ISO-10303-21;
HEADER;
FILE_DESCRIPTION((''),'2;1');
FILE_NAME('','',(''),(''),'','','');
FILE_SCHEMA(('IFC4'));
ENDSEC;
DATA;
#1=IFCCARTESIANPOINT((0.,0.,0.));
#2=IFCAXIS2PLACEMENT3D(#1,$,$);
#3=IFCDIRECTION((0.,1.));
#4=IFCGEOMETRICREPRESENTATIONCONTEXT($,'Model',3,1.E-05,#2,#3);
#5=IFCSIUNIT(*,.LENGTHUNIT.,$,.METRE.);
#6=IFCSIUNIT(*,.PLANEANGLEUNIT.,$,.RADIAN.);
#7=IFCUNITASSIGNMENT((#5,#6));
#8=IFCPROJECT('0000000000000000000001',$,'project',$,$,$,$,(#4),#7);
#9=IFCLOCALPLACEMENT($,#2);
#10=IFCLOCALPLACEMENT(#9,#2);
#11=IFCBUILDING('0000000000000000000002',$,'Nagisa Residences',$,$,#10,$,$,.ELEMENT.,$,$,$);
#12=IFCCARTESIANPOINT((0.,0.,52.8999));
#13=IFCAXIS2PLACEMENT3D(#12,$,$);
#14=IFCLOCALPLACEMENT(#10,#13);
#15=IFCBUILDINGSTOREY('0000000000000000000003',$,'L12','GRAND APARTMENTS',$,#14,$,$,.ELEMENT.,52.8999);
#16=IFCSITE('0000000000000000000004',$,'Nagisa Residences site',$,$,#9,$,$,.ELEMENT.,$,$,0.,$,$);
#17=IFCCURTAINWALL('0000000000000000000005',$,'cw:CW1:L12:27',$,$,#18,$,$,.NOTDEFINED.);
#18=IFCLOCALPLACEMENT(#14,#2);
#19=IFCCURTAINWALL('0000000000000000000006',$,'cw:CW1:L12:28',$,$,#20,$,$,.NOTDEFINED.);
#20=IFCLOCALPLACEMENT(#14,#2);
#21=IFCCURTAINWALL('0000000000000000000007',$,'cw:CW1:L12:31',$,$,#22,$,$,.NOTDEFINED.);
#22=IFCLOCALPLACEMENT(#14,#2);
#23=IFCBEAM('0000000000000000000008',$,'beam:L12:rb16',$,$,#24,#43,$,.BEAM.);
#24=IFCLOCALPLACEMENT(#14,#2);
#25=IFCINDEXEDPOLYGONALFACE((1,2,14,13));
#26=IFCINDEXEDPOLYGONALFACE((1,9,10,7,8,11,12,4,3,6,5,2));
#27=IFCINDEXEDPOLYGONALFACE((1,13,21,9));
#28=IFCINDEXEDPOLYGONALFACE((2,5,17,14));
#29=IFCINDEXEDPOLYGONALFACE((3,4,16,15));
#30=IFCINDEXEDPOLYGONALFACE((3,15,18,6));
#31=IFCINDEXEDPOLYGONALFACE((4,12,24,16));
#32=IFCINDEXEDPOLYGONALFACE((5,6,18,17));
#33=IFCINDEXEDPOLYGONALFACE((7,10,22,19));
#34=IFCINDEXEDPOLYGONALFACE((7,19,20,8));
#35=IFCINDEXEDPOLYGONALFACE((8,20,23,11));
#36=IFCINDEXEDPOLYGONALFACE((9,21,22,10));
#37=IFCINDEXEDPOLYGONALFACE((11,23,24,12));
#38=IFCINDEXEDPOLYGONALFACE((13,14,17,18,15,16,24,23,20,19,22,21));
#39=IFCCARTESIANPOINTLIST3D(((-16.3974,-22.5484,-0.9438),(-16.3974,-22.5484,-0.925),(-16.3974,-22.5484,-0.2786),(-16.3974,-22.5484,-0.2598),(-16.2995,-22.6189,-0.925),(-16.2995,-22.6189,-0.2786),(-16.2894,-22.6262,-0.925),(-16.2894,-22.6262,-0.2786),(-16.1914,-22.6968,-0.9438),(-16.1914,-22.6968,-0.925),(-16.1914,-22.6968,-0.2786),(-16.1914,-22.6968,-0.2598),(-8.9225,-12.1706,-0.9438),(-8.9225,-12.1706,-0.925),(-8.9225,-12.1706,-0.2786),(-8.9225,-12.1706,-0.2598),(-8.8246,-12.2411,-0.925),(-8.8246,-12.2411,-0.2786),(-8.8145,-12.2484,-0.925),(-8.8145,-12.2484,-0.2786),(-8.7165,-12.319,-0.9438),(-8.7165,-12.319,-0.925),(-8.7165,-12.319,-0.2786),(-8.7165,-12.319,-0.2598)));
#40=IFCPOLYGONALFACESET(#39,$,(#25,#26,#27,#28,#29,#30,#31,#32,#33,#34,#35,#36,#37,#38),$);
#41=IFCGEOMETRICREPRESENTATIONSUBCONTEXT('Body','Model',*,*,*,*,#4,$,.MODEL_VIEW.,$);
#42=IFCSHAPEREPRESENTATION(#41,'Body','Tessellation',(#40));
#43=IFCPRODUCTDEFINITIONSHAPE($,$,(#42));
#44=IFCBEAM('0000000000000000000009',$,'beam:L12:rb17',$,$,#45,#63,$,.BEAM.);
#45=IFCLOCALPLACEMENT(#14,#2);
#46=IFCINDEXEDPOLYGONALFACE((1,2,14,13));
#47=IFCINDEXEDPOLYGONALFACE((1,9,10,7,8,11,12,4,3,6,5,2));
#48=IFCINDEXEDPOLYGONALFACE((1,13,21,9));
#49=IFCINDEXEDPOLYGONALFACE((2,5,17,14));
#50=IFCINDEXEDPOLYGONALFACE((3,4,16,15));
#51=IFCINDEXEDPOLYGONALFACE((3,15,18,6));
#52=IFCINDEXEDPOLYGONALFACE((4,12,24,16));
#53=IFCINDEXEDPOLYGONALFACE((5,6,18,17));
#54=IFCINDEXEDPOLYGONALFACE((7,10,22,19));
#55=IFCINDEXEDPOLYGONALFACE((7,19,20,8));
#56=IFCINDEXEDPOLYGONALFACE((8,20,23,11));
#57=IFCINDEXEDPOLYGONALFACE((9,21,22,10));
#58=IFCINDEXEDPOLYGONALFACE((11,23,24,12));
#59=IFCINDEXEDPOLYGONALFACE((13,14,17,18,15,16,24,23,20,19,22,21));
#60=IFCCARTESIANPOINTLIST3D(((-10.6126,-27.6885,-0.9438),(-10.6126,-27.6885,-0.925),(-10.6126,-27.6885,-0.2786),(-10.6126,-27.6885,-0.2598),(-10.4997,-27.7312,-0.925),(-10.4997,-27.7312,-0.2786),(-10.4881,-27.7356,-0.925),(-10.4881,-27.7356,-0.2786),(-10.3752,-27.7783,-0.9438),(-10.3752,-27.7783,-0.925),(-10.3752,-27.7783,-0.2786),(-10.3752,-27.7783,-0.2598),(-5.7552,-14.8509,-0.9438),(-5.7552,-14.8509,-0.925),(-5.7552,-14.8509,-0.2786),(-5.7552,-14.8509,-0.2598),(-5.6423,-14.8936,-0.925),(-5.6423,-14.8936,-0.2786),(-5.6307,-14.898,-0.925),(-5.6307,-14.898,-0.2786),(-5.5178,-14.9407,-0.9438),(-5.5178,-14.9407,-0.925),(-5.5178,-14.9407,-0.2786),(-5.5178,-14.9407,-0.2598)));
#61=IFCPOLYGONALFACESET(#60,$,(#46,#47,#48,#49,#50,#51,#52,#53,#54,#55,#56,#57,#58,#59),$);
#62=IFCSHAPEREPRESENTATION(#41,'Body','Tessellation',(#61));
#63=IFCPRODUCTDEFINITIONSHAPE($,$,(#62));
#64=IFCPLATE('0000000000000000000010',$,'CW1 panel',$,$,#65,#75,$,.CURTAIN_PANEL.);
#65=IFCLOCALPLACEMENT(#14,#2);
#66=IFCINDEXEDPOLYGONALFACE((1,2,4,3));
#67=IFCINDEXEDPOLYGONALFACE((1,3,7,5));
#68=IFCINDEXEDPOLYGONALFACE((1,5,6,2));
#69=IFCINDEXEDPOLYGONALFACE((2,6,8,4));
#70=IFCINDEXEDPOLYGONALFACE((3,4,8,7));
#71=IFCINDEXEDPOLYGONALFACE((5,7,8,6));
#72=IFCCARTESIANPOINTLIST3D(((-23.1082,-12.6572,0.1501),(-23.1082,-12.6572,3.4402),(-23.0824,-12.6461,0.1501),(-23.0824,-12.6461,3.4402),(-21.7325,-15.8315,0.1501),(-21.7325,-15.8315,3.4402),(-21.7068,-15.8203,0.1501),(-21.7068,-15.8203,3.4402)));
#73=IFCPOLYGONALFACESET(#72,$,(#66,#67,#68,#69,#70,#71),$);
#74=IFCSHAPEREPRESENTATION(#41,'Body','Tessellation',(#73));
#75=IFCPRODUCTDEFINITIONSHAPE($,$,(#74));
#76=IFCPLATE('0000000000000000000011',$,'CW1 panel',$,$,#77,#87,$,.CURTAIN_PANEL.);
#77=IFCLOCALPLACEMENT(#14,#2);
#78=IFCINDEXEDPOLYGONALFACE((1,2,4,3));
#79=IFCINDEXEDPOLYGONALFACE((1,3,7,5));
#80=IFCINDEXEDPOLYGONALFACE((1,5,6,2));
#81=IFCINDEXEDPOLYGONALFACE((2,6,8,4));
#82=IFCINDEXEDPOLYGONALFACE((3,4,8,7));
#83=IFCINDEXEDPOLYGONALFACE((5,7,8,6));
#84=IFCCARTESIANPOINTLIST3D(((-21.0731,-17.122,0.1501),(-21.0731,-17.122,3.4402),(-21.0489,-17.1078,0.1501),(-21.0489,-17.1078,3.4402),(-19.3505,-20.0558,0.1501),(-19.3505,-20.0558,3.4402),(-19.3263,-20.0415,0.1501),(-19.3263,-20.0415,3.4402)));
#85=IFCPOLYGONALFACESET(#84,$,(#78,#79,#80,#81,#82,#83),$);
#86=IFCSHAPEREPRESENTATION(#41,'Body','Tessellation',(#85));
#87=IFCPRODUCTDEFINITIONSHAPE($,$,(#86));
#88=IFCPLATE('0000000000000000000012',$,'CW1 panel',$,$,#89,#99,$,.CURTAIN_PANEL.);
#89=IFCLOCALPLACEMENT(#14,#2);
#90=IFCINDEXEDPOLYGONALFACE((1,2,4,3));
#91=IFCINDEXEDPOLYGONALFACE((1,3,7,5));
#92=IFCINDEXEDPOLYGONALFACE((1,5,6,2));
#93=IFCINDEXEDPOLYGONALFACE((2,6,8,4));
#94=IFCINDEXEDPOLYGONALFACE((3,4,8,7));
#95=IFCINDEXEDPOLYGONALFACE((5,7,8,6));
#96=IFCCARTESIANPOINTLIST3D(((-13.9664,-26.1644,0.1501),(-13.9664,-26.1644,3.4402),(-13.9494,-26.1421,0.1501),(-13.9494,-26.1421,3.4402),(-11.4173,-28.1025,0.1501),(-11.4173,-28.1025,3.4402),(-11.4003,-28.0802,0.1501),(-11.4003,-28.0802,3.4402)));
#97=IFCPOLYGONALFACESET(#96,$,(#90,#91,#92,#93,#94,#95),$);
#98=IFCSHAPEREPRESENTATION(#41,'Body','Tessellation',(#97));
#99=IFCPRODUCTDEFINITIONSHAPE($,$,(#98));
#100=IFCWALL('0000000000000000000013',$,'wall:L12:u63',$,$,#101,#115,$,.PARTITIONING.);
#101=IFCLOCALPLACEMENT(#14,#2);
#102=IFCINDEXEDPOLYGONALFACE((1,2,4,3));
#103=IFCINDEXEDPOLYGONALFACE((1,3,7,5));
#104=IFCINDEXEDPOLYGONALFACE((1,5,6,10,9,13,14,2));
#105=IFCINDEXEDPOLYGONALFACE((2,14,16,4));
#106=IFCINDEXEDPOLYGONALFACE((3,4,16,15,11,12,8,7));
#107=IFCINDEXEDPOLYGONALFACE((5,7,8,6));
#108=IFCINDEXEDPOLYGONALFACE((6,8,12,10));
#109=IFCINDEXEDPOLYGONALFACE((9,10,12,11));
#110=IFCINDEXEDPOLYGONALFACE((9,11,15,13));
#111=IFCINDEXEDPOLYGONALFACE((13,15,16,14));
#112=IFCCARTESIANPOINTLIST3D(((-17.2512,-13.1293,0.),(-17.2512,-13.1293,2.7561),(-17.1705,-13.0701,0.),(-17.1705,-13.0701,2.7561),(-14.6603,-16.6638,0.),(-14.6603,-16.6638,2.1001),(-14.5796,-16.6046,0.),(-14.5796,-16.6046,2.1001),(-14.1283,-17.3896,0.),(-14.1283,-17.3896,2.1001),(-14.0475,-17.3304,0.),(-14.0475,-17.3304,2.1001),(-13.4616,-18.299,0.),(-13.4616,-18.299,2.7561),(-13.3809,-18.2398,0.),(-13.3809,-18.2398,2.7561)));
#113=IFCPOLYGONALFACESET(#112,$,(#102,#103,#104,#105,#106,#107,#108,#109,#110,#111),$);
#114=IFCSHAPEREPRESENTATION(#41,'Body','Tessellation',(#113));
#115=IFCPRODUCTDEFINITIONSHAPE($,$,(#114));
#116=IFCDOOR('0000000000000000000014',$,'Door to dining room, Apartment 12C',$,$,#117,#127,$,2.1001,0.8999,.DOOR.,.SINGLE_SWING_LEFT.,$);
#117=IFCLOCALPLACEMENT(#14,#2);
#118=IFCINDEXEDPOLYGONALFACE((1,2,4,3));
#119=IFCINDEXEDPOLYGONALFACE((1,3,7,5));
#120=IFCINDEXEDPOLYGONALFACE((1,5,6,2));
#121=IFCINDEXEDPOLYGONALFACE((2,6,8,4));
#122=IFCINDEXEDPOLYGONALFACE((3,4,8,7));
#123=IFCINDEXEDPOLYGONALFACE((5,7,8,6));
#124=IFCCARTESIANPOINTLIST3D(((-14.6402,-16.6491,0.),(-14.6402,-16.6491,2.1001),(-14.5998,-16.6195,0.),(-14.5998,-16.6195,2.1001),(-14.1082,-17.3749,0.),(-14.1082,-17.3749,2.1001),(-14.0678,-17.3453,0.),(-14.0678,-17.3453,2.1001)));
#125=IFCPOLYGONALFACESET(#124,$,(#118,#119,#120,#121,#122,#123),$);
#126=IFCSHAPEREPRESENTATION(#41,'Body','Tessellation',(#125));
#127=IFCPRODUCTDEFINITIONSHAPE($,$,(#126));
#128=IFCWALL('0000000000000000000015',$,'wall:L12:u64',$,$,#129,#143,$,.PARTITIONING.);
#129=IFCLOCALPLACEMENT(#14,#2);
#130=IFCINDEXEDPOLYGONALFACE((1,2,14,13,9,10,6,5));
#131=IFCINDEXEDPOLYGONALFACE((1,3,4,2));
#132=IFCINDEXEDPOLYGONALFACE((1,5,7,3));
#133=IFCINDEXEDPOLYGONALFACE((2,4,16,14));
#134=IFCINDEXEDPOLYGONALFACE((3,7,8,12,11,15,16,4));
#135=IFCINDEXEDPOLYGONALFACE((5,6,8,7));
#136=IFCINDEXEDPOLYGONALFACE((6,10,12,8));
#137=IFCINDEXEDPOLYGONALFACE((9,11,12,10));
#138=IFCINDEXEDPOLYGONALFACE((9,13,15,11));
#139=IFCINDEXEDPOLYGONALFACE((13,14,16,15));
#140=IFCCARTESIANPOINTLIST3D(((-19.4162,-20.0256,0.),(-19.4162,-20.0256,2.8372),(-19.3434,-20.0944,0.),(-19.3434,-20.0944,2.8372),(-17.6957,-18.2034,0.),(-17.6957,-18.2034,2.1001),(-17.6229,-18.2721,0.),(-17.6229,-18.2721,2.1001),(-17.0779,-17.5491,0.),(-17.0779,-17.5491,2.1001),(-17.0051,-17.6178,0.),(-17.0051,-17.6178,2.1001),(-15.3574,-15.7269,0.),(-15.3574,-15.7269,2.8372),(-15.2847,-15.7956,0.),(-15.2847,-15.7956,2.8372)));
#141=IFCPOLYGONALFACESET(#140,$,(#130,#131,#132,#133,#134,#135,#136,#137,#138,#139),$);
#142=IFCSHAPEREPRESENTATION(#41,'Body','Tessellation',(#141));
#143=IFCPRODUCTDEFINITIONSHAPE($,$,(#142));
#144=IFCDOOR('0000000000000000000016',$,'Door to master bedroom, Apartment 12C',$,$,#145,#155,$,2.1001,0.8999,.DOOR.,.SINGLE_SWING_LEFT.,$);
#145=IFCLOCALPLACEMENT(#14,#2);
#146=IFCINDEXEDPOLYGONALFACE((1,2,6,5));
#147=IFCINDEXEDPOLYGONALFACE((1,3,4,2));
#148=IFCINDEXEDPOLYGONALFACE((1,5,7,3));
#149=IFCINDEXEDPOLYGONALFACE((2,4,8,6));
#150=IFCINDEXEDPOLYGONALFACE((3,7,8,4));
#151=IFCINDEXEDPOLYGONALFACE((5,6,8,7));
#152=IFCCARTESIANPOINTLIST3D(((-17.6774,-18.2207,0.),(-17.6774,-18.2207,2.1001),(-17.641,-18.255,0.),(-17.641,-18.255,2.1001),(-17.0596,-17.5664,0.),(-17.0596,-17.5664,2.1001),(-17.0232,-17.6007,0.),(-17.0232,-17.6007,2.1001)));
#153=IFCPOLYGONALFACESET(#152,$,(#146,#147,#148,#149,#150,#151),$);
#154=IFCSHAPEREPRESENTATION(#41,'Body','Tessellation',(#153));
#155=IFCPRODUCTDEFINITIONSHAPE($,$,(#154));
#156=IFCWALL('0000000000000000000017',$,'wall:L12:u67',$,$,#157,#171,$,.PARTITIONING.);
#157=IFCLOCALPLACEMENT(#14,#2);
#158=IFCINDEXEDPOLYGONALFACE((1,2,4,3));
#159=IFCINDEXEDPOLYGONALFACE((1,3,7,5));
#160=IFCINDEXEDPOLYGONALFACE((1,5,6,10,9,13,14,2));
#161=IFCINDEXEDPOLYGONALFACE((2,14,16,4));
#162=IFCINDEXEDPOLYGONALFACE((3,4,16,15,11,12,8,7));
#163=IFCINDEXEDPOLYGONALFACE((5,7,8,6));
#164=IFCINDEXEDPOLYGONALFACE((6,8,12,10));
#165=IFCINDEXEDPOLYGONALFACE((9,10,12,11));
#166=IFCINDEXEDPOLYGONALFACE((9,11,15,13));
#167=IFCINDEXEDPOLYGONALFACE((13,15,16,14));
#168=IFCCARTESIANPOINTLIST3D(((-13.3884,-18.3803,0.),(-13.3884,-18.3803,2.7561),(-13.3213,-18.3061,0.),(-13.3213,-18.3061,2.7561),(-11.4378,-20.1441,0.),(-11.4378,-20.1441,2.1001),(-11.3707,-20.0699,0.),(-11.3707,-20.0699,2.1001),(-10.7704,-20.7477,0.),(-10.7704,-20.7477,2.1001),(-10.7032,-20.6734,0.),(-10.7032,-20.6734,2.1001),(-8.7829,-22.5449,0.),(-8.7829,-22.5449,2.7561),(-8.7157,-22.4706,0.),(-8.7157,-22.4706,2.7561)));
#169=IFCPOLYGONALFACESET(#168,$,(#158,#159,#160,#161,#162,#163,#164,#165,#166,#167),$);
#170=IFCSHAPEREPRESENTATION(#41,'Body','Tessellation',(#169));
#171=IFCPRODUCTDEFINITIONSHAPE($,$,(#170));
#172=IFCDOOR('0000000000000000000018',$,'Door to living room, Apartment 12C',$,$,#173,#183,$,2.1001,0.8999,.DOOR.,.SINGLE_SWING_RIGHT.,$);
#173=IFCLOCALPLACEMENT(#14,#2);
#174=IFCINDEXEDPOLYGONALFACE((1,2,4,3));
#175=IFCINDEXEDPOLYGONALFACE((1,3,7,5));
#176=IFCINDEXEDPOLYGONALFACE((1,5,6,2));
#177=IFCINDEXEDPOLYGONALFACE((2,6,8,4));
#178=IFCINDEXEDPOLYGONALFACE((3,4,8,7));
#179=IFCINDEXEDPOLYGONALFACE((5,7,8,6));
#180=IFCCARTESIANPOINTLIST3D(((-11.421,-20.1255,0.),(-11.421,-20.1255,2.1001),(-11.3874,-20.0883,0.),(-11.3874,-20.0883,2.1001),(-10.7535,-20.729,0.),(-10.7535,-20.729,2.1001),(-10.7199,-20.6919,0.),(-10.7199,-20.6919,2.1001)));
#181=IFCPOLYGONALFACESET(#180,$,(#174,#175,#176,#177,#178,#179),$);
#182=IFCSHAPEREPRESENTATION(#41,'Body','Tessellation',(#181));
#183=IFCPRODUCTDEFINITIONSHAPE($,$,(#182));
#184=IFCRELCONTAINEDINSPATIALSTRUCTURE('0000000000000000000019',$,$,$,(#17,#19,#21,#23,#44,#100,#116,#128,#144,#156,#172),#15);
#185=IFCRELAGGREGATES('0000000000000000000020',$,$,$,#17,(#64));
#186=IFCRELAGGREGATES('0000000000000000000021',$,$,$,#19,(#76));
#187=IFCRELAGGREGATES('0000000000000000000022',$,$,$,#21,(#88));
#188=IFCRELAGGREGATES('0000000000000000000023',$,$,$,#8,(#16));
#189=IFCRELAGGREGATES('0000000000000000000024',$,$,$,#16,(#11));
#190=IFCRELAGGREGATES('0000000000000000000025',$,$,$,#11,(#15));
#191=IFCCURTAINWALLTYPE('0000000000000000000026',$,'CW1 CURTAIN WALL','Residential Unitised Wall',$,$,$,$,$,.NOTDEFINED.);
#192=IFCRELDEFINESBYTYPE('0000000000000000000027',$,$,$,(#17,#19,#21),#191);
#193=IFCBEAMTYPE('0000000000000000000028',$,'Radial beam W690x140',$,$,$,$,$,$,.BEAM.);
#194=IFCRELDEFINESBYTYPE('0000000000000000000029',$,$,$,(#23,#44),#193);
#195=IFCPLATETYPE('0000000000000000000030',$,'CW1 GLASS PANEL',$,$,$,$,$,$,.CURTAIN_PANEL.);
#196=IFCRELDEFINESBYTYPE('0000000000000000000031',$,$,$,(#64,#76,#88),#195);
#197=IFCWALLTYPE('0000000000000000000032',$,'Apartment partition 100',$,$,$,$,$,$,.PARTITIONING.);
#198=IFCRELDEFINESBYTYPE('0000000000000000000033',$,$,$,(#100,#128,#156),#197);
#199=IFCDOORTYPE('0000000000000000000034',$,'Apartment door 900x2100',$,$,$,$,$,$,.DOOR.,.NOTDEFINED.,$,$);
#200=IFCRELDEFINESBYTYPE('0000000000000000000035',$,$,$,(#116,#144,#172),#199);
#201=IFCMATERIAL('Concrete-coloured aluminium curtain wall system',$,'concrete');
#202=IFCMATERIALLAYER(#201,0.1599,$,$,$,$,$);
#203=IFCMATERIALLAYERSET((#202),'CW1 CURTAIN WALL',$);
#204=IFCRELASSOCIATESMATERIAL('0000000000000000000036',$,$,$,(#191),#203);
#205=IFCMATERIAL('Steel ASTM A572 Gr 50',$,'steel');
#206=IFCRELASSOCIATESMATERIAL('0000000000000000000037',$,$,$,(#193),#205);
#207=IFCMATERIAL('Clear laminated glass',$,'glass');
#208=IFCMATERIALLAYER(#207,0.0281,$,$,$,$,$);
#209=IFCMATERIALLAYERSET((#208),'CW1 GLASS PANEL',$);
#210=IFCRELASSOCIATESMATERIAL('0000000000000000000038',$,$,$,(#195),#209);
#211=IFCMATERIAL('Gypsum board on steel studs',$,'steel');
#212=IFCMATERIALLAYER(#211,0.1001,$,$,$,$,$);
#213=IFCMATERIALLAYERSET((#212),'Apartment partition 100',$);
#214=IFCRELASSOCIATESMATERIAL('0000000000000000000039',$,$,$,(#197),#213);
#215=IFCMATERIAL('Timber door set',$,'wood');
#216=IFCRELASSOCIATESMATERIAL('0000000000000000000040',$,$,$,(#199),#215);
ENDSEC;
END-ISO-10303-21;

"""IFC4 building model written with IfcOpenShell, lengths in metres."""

from ifc_helpers import new_model, si_unit, direction, frame, frame_2d, origin, origin_2d, place, context, subcontext, project, spatial, rectangle, i_section, extrude, material, layer, layer_set, material_profile, profile_set, type_object, element, fill, aggregate, save


model = new_model("IFC4")

# Units and contexts
model_context = context("Model", 3, precision=1e-05, world=origin(), true_north=direction((0.0, 1.0)))
body_context = subcontext(model_context, "Body", "Model", "MODEL_VIEW")
ifc_project = project(units=[si_unit("LENGTHUNIT", "METRE"), si_unit("PLANEANGLEUNIT", "RADIAN")], contexts=[model_context])

# Site, building, storey
site_placement = place(None, origin())
site = spatial("IfcSite", under=ifc_project, at=site_placement, Name="Nagisa Residences site", CompositionType="ELEMENT", RefElevation=0.0)
building_placement = place(site_placement, origin())
building = spatial("IfcBuilding", under=site, at=building_placement, Name="Nagisa Residences", CompositionType="ELEMENT")
storey_placement = place(building_placement, frame((0.0, 0.0, 52.8999)))
storey = spatial("IfcBuildingStorey", under=building, at=storey_placement, Name="L12", Description="GRAND APARTMENTS", CompositionType="ELEMENT", Elevation=52.8999)

# Curtain walls
ifc_material_1 = material(Name="Concrete-coloured aluminium curtain wall system", Category="concrete")
ifc_layer_1 = layer(ifc_material_1, 0.1599)
ifc_layer_set_1 = layer_set([ifc_layer_1], Name="CW1 CURTAIN WALL")
curtain_wall_type = type_object("IfcCurtainWallType", Name="CW1 CURTAIN WALL", Description="Residential Unitised Wall", PredefinedType="NOTDEFINED", material=ifc_layer_set_1)
curtain_wall_1_placement = place(storey_placement, origin())
curtain_wall_1 = element("IfcCurtainWall", 1, at=curtain_wall_1_placement, inside=storey, type_object=curtain_wall_type, Name="cw:CW1:L12:27", PredefinedType="NOTDEFINED")
curtain_wall_2_placement = place(storey_placement, origin())
curtain_wall_2 = element("IfcCurtainWall", 2, at=curtain_wall_2_placement, inside=storey, type_object=curtain_wall_type, Name="cw:CW1:L12:28", PredefinedType="NOTDEFINED")
curtain_wall_3_placement = place(storey_placement, origin())
curtain_wall_3 = element("IfcCurtainWall", 3, at=curtain_wall_3_placement, inside=storey, type_object=curtain_wall_type, Name="cw:CW1:L12:31", PredefinedType="NOTDEFINED")

# Beams
ifc_material_2 = material(Name="Steel ASTM A572 Gr 50", Category="steel")
ifc_material_profile_1 = material_profile(ifc_material_2, i_section(OverallWidth=0.2539, OverallDepth=0.6841, WebThickness=0.0125, FlangeThickness=0.0188, at=origin_2d()), Name="W690x140")
ifc_profile_set_1 = profile_set([ifc_material_profile_1], Name="Steel ASTM A572 Gr 50")
beam_type_1 = type_object("IfcBeamType", Name="Radial beam W690x140", PredefinedType="BEAM", material=ifc_profile_set_1)
beam_1_placement = place(storey_placement, frame((-16.2944, -22.6226, -0.6018), z_axis=(0.584455, 0.811426, 0.0), x_axis=(-0.811426, 0.584455, 0.0)))
element("IfcBeam", 4, at=beam_1_placement, inside=storey, type_object=beam_type_1, Name="beam:L12:rb16", PredefinedType="BEAM", context=body_context, shape_type="SweptSolid", body=[
    extrude(i_section(OverallWidth=0.2539, OverallDepth=0.6841, WebThickness=0.0125, FlangeThickness=0.0188, at=origin_2d()), origin(), (0.0, 0.0, 1.0), 12.7896),
])
beam_2_placement = place(storey_placement, frame((-10.4939, -27.7334, -0.6018), z_axis=(0.353888, 0.935288, 0.0), x_axis=(-0.935288, 0.353888, 0.0)))
element("IfcBeam", 5, at=beam_2_placement, inside=storey, type_object=beam_type_1, Name="beam:L12:rb17", PredefinedType="BEAM", context=body_context, shape_type="SweptSolid", body=[
    extrude(i_section(OverallWidth=0.2539, OverallDepth=0.6841, WebThickness=0.0125, FlangeThickness=0.0188, at=origin_2d()), origin(), (0.0, 0.0, 1.0), 13.7258),
])

# Plates
ifc_material_3 = material(Name="Clear laminated glass", Category="glass")
ifc_layer_2 = layer(ifc_material_3, 0.0281)
ifc_layer_set_2 = layer_set([ifc_layer_2], Name="CW1 GLASS PANEL")
plate_type = type_object("IfcPlateType", Name="CW1 GLASS PANEL", PredefinedType="CURTAIN_PANEL", material=ifc_layer_set_2)
plate_1_placement = place(storey_placement, frame((-22.4075, -14.2388, 0.1501), z_axis=(0.0, 0.0, 1.0), x_axis=(0.397636, -0.917543, 0.0)))
plate_1 = element("IfcPlate", 6, at=plate_1_placement, type_object=plate_type, Name="CW1 panel", PredefinedType="CURTAIN_PANEL", context=body_context, shape_type="SweptSolid", body=[
    extrude(rectangle(XDim=3.4595, YDim=0.0281, at=origin_2d()), origin(), (0.0, 0.0, 1.0), 3.29),
])
aggregate(curtain_wall_1, [plate_1])
plate_2_placement = place(storey_placement, frame((-20.1997, -18.5818, 0.1501), z_axis=(0.0, 0.0, 1.0), x_axis=(0.506349, -0.862329, 0.0)))
plate_2 = element("IfcPlate", 7, at=plate_2_placement, type_object=plate_type, Name="CW1 panel", PredefinedType="CURTAIN_PANEL", context=body_context, shape_type="SweptSolid", body=[
    extrude(rectangle(XDim=3.4021, YDim=0.0281, at=origin_2d()), origin(), (0.0, 0.0, 1.0), 3.29),
])
aggregate(curtain_wall_2, [plate_2])
plate_3_placement = place(storey_placement, frame((-12.6833, -27.1223, 0.1501), z_axis=(0.0, 0.0, 1.0), x_axis=(0.796031, -0.605255, 0.0)))
plate_3 = element("IfcPlate", 8, at=plate_3_placement, type_object=plate_type, Name="CW1 panel", PredefinedType="CURTAIN_PANEL", context=body_context, shape_type="SweptSolid", body=[
    extrude(rectangle(XDim=3.2021, YDim=0.0281, at=origin_2d()), origin(), (0.0, 0.0, 1.0), 3.29),
])
aggregate(curtain_wall_3, [plate_3])

# Walls, openings, doors
ifc_material_4 = material(Name="Gypsum board on steel studs", Category="steel")
ifc_layer_3 = layer(ifc_material_4, 0.1001)
ifc_layer_set_3 = layer_set([ifc_layer_3], Name="Apartment partition 100")
wall_type_1 = type_object("IfcWallType", Name="Apartment partition 100", PredefinedType="PARTITIONING", material=ifc_layer_set_3)
wall_1_placement = place(storey_placement, frame((-17.2109, -13.0996, 0.0), z_axis=(0.0, 0.0, 1.0), x_axis=(0.591207, -0.80652, 0.0)))
wall_1 = element("IfcWall", 9, at=wall_1_placement, inside=storey, type_object=wall_type_1, Name="wall:L12:u63", PredefinedType="PARTITIONING", context=body_context, shape_type="SweptSolid", body=[
    extrude(rectangle(XDim=6.4099, YDim=0.1001, at=frame_2d((3.2051, 0.0))), origin(), (0.0, 0.0, 1.0), 2.7561),
])
opening_1_placement = place(wall_1_placement, frame((4.3826, 0.0, 0.0)))
opening_1 = element("IfcOpeningElement", 10, at=opening_1_placement, cuts=wall_1, PredefinedType="OPENING", context=body_context, shape_type="SweptSolid", body=[
    extrude(rectangle(XDim=0.8999, YDim=2.1001, at=frame_2d((0.45, 1.05))), frame((0.0, 0.0601, 0.0), z_axis=(0.0, -1.0, 0.0), x_axis=(1.0, 0.0, 0.0)), (0.0, 0.0, 1.0), 0.1201),
])
ifc_material_5 = material(Name="Timber door set", Category="wood")
door_type_1 = type_object("IfcDoorType", Name="Apartment door 900x2100", OperationType="NOTDEFINED", PredefinedType="DOOR", material=ifc_material_5)
door_1_placement = place(opening_1_placement, origin())
door_1 = element("IfcDoor", 11, at=door_1_placement, inside=storey, type_object=door_type_1, Name="Door to dining room, Apartment 12C", OperationType="SINGLE_SWING_LEFT", OverallHeight=2.1001, OverallWidth=0.8999, PredefinedType="DOOR", context=body_context, shape_type="SweptSolid", body=[
    extrude(rectangle(XDim=0.8999, YDim=2.1001, at=frame_2d((0.45, 1.05))), frame((0.0, 0.0249, 0.0), z_axis=(0.0, -1.0, 0.0), x_axis=(1.0, 0.0, 0.0)), (0.0, 0.0, 1.0), 0.05),
])
fill(opening_1, door_1)
wall_2_placement = place(storey_placement, frame((-15.321, -15.7612, 0.0), z_axis=(0.0, 0.0, 1.0), x_axis=(-0.686519, -0.727112, 0.0)))
wall_2 = element("IfcWall", 12, at=wall_2_placement, inside=storey, type_object=wall_type_1, Name="wall:L12:u64", PredefinedType="PARTITIONING", context=body_context, shape_type="SweptSolid", body=[
    extrude(rectangle(XDim=5.9121, YDim=0.1001, at=frame_2d((2.9561, 0.0))), origin(), (0.0, 0.0, 1.0), 2.8372),
])
opening_2_placement = place(wall_2_placement, frame((2.5061, 0.0, 0.0)))
opening_2 = element("IfcOpeningElement", 13, at=opening_2_placement, cuts=wall_2, PredefinedType="OPENING", context=body_context, shape_type="SweptSolid", body=[
    extrude(rectangle(XDim=0.8999, YDim=2.1001, at=frame_2d((0.45, 1.05))), frame((0.0, 0.0601, 0.0), z_axis=(0.0, -1.0, 0.0), x_axis=(1.0, 0.0, 0.0)), (0.0, 0.0, 1.0), 0.1201),
])
door_2_placement = place(opening_2_placement, frame((0.8999, 0.0, 0.0), x_axis=(-1.0, 0.0, 0.0)))
door_2 = element("IfcDoor", 14, at=door_2_placement, inside=storey, type_object=door_type_1, Name="Door to master bedroom, Apartment 12C", OperationType="SINGLE_SWING_LEFT", OverallHeight=2.1001, OverallWidth=0.8999, PredefinedType="DOOR", context=body_context, shape_type="SweptSolid", body=[
    extrude(rectangle(XDim=0.8999, YDim=2.1001, at=frame_2d((0.45, 1.05))), frame((0.0, 0.0249, 0.0), z_axis=(0.0, -1.0, 0.0), x_axis=(1.0, 0.0, 0.0)), (0.0, 0.0, 1.0), 0.05),
])
fill(opening_2, door_2)
wall_3_placement = place(storey_placement, frame((-13.3547, -18.3433, 0.0), z_axis=(0.0, 0.0, 1.0), x_axis=(0.74172, -0.670709, 0.0)))
wall_3 = element("IfcWall", 15, at=wall_3_placement, inside=storey, type_object=wall_type_1, Name="wall:L12:u67", PredefinedType="PARTITIONING", context=body_context, shape_type="SweptSolid", body=[
    extrude(rectangle(XDim=6.2092, YDim=0.1001, at=frame_2d((3.1045, 0.0))), origin(), (0.0, 0.0, 1.0), 2.7561),
])
opening_3_placement = place(wall_3_placement, frame((2.6296, 0.0, 0.0)))
opening_3 = element("IfcOpeningElement", 16, at=opening_3_placement, cuts=wall_3, PredefinedType="OPENING", context=body_context, shape_type="SweptSolid", body=[
    extrude(rectangle(XDim=0.8999, YDim=2.1001, at=frame_2d((0.45, 1.05))), frame((0.0, 0.0601, 0.0), z_axis=(0.0, -1.0, 0.0), x_axis=(1.0, 0.0, 0.0)), (0.0, 0.0, 1.0), 0.1201),
])
door_3_placement = place(opening_3_placement, frame((0.8999, 0.0, 0.0), x_axis=(-1.0, 0.0, 0.0)))
door_3 = element("IfcDoor", 17, at=door_3_placement, inside=storey, type_object=door_type_1, Name="Door to living room, Apartment 12C", OperationType="SINGLE_SWING_RIGHT", OverallHeight=2.1001, OverallWidth=0.8999, PredefinedType="DOOR", context=body_context, shape_type="SweptSolid", body=[
    extrude(rectangle(XDim=0.8999, YDim=2.1001, at=frame_2d((0.45, 1.05))), frame((0.0, 0.0249, 0.0), z_axis=(0.0, -1.0, 0.0), x_axis=(1.0, 0.0, 0.0)), (0.0, 0.0, 1.0), 0.05),
])
fill(opening_3, door_3)

save(model, "model.ifc")
